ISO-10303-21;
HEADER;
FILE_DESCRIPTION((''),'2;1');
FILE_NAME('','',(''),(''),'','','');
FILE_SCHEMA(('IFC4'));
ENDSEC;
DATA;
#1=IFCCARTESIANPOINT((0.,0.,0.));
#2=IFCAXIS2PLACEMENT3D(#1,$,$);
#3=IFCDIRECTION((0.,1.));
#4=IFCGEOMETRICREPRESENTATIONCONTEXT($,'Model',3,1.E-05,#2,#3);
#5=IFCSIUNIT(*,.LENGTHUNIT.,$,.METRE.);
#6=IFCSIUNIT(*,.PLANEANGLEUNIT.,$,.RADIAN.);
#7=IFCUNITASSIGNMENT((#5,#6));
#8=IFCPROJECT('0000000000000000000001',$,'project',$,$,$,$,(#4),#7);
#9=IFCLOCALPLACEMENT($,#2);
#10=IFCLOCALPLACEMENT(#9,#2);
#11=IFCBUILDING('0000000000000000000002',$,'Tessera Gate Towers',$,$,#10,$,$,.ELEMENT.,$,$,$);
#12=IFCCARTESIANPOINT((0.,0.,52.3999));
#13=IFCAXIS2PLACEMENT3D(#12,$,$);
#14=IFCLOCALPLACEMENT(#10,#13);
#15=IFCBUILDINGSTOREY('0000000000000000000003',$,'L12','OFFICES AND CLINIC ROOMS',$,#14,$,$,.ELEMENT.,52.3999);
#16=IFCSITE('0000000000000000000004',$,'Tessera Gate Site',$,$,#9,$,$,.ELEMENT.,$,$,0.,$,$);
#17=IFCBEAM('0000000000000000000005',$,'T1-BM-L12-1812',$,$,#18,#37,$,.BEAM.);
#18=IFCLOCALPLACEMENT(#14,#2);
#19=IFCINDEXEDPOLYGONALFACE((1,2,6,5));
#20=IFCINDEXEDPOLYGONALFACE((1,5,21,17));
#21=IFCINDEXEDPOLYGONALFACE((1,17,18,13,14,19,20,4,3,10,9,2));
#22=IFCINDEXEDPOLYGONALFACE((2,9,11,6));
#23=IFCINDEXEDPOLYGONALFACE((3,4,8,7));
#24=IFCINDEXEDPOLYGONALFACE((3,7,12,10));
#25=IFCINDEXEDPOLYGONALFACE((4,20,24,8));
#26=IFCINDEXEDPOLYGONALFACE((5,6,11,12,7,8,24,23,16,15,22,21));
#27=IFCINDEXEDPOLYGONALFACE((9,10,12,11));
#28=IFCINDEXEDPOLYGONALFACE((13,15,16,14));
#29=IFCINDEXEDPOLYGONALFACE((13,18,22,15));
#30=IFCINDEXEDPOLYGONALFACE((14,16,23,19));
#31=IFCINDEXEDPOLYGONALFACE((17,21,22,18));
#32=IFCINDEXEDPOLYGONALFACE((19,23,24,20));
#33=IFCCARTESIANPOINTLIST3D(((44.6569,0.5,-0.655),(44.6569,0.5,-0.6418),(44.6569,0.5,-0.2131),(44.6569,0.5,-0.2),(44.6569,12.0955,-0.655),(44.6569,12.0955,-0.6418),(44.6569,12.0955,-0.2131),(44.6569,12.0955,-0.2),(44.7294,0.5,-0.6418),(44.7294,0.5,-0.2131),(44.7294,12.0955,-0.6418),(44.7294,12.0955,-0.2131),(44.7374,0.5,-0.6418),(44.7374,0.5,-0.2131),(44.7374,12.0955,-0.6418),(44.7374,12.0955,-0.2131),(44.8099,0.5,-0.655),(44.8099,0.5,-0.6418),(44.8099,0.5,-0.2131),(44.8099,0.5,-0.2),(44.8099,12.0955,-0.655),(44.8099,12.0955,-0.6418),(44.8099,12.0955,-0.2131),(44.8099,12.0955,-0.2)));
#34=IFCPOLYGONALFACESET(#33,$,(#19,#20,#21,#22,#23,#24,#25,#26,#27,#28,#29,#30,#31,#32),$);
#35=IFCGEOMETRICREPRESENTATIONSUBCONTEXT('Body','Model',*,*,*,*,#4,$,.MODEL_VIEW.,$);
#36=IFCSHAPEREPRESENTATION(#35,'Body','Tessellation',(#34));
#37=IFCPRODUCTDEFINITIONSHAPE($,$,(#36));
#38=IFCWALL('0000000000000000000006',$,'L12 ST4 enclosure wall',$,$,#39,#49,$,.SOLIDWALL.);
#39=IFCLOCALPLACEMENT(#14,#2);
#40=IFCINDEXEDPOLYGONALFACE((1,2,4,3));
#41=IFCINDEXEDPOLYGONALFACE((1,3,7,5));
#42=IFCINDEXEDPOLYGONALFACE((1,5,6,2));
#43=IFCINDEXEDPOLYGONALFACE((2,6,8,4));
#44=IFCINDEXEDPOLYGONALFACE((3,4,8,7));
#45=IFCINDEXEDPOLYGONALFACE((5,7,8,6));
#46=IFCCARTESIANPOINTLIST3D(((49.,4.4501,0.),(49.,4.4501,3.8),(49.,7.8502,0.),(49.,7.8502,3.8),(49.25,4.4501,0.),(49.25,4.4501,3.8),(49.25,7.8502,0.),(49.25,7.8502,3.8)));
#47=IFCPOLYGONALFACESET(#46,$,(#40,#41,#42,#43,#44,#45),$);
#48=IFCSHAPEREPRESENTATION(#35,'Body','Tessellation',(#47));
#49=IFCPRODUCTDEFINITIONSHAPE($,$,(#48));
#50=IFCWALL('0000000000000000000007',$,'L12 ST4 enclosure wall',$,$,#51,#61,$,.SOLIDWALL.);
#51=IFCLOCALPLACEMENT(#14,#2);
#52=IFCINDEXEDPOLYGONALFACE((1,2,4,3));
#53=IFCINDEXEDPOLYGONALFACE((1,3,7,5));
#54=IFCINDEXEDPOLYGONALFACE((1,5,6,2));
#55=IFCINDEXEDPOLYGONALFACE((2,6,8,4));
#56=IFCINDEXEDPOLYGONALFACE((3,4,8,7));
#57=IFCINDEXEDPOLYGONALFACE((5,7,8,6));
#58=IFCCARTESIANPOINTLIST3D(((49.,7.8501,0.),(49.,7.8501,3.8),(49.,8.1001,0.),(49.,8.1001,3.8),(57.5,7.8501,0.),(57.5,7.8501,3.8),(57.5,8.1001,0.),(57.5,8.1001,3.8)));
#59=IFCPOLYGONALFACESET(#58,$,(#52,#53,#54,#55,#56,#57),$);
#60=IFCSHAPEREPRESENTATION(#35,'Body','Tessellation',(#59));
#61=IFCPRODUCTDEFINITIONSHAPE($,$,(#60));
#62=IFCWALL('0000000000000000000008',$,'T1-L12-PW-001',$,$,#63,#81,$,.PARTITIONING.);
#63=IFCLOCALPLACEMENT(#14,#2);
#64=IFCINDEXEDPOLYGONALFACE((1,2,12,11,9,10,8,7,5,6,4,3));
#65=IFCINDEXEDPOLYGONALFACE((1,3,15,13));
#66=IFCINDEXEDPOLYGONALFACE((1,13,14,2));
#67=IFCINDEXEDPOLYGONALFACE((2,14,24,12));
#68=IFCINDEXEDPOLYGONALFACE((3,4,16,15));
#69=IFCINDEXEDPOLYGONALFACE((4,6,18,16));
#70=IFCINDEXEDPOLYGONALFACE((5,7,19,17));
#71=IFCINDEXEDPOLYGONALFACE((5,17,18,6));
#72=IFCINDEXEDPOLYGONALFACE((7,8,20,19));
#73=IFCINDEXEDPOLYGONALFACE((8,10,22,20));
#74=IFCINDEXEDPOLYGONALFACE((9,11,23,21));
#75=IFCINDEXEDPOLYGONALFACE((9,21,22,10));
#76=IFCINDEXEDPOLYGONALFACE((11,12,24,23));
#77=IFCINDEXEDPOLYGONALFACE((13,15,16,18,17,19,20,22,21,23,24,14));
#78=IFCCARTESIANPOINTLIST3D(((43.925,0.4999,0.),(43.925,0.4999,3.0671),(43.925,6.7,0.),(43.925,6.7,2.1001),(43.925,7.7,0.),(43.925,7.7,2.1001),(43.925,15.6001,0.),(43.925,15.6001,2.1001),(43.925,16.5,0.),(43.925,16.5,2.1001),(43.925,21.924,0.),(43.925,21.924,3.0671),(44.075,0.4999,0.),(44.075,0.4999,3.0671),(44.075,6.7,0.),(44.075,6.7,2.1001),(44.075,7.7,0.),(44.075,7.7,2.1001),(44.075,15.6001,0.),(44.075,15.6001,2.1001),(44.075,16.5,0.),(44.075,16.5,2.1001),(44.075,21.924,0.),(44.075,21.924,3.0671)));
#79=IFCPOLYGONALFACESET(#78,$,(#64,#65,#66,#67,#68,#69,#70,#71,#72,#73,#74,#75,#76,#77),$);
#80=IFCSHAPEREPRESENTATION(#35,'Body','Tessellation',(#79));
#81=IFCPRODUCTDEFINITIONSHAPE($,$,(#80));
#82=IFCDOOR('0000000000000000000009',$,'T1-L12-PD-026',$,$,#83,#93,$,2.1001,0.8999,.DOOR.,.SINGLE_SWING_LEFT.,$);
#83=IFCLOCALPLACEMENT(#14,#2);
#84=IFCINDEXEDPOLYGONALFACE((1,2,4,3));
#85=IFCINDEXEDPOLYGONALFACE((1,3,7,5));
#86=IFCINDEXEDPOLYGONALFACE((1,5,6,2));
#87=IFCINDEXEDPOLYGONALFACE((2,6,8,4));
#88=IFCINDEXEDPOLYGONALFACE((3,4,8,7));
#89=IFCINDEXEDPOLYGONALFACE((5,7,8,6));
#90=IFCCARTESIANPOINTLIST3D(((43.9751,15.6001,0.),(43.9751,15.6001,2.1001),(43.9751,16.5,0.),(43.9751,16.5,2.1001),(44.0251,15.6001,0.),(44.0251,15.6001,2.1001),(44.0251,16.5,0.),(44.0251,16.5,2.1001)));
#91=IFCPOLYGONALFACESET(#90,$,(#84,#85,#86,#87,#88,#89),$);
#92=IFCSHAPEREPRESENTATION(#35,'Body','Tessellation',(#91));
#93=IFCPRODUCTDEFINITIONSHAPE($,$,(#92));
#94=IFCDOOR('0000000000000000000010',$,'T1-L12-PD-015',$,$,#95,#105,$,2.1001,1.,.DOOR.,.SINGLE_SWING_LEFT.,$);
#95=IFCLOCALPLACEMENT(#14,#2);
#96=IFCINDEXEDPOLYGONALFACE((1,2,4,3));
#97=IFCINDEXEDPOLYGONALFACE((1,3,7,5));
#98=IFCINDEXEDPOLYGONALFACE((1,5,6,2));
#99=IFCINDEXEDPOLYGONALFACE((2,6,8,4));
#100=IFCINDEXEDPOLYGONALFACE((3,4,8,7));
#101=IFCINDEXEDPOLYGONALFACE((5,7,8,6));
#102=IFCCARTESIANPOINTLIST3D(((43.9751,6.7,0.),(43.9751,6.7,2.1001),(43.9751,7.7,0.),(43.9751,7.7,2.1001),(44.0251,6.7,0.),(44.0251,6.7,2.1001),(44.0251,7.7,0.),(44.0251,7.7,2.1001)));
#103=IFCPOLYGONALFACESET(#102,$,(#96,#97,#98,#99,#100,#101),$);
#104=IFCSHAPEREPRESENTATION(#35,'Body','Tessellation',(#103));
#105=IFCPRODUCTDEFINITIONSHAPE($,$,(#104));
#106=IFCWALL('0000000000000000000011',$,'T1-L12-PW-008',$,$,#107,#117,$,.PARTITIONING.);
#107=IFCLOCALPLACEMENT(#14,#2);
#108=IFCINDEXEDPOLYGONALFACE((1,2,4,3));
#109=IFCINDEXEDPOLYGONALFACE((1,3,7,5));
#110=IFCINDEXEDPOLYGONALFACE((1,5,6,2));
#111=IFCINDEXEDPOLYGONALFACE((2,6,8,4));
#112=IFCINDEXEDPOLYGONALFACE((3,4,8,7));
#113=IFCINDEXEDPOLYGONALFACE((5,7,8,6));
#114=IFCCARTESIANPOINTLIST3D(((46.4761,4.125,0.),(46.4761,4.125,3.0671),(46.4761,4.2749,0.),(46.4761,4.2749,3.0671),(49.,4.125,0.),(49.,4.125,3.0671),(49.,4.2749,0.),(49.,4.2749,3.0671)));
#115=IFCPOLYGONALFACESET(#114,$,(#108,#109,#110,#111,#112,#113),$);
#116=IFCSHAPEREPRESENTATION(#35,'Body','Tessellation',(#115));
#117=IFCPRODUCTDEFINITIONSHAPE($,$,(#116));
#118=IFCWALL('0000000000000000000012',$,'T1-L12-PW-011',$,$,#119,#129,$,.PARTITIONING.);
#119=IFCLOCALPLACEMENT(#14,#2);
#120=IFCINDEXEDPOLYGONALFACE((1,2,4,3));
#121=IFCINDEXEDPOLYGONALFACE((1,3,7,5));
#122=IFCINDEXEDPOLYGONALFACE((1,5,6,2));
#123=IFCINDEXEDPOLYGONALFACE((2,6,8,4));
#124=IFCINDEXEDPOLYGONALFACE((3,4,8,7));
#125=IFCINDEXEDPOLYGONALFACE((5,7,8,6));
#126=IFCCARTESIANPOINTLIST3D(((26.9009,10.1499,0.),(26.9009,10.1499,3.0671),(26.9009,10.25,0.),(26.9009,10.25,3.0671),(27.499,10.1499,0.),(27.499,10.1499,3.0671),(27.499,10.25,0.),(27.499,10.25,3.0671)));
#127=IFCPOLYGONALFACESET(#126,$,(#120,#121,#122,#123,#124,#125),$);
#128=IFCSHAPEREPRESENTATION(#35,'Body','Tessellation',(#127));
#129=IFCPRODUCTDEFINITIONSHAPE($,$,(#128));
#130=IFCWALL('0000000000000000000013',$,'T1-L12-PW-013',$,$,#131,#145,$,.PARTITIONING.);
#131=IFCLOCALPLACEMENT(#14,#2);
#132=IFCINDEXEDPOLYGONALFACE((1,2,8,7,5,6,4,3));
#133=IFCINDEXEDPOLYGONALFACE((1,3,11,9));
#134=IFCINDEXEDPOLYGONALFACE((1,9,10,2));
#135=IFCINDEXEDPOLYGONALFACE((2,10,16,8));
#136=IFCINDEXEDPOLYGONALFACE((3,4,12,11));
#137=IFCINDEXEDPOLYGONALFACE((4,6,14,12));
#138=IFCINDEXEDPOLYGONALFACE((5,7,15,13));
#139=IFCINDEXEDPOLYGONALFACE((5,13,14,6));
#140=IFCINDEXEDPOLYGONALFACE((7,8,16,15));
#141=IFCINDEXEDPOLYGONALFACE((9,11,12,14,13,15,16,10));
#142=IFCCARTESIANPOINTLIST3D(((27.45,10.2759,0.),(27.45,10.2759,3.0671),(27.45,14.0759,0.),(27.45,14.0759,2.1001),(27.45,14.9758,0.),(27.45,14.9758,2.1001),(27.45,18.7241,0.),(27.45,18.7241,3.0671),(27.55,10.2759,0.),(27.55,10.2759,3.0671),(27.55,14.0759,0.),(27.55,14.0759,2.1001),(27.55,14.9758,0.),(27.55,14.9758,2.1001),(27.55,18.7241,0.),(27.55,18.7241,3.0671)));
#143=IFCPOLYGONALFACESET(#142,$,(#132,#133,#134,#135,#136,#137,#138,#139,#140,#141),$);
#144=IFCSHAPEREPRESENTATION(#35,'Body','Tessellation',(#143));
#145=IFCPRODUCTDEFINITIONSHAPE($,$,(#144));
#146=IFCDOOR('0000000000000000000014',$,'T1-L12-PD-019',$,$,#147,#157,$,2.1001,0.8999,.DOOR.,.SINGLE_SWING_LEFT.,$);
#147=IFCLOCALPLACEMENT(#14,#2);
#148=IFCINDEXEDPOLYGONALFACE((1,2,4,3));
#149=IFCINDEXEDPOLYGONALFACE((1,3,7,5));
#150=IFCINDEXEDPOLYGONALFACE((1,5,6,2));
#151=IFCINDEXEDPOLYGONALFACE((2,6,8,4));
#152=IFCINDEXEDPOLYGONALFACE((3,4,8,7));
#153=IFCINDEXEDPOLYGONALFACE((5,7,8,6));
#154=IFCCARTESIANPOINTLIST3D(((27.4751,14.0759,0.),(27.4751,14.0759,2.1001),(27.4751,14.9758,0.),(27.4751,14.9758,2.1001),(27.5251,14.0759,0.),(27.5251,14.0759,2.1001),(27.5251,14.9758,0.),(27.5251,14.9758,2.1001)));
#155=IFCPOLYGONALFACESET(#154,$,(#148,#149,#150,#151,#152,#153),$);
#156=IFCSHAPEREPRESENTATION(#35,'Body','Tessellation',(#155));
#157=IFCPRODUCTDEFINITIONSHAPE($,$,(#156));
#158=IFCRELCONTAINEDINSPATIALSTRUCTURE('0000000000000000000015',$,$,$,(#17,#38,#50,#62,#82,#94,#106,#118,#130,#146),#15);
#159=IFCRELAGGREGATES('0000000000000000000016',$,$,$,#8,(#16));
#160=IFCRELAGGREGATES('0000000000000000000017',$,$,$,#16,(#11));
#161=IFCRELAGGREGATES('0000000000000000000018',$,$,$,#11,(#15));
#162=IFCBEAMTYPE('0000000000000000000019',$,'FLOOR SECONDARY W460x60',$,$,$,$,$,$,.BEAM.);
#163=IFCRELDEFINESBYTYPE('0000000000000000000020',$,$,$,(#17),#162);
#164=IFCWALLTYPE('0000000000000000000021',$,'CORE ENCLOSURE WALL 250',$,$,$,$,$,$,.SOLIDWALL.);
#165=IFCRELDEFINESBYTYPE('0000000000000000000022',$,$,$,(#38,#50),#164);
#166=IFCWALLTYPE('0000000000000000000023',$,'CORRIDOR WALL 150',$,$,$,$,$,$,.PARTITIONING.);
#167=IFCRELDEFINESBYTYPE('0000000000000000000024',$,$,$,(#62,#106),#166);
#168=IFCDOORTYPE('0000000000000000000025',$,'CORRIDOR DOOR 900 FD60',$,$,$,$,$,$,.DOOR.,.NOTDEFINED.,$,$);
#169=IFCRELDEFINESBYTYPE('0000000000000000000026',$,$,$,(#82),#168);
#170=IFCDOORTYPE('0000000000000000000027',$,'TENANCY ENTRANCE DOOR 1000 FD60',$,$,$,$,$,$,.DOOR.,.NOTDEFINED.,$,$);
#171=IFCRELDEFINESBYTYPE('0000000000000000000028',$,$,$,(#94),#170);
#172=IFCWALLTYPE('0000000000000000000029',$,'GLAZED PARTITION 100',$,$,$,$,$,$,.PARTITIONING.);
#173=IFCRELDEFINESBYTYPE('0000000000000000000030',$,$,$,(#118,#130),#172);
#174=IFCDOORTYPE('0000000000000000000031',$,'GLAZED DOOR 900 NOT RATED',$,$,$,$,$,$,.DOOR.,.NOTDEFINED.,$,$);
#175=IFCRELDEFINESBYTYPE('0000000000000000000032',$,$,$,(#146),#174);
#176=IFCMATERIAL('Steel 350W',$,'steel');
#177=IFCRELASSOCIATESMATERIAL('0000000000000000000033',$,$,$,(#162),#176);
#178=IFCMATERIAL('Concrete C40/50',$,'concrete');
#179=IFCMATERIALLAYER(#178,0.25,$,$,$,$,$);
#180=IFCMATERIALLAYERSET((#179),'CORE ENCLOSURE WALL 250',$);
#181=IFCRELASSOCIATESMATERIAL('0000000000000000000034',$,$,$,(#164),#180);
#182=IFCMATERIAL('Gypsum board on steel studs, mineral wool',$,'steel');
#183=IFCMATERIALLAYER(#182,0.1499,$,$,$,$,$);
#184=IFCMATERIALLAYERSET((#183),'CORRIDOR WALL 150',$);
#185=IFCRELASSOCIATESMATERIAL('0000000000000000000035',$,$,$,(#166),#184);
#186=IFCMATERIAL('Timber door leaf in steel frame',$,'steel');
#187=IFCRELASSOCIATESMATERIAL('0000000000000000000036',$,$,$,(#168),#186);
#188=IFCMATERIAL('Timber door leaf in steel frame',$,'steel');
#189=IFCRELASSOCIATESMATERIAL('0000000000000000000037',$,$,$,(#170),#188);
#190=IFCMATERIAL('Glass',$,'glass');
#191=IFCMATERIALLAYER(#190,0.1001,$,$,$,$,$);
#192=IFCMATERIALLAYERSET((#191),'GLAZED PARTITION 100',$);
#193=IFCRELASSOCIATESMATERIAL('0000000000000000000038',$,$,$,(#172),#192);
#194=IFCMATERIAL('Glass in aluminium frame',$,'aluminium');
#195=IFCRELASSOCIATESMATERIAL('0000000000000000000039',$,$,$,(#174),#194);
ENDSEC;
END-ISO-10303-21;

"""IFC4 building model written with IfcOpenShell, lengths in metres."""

from ifc_helpers import new_model, si_unit, direction, frame, frame_2d, origin, origin_2d, place, context, subcontext, project, spatial, rectangle, i_section, extrude, source, transform, mapped, material, layer, layer_set, material_profile, profile_set, type_object, element, fill, save


model = new_model("IFC4")

# Units and contexts
model_context = context("Model", 3, precision=1e-05, world=origin(), true_north=direction((0.0, 1.0)))
body_context = subcontext(model_context, "Body", "Model", "MODEL_VIEW")
ifc_project = project(units=[si_unit("LENGTHUNIT", "METRE"), si_unit("PLANEANGLEUNIT", "RADIAN")], contexts=[model_context])

# Site, building, storey
site_placement = place(None, origin())
site = spatial("IfcSite", under=ifc_project, at=site_placement, Name="Tessera Gate Site", CompositionType="ELEMENT", RefElevation=0.0)
building_placement = place(site_placement, origin())
building = spatial("IfcBuilding", under=site, at=building_placement, Name="Tessera Gate Towers", CompositionType="ELEMENT")
storey_placement = place(building_placement, frame((0.0, 0.0, 52.3999)))
storey = spatial("IfcBuildingStorey", under=building, at=storey_placement, Name="L12", Description="OFFICES AND CLINIC ROOMS", CompositionType="ELEMENT", Elevation=52.3999)

# Beam
ifc_material_1 = material(Name="Steel 350W", Category="steel")
ifc_material_profile_1 = material_profile(ifc_material_1, i_section(OverallWidth=0.1531, OverallDepth=0.4551, WebThickness=0.0081, FlangeThickness=0.0132, at=origin_2d()), Name="W460x60")
ifc_profile_set_1 = profile_set([ifc_material_profile_1], Name="Steel 350W")
beam_type_1 = type_object("IfcBeamType", Name="FLOOR SECONDARY W460x60", PredefinedType="BEAM", material=ifc_profile_set_1)
for number, where, z_axis, x_axis, name in (
    (1, (44.7334, 0.5, -0.4275), (0.0, 1.0, 0.0), (-1.0, 0.0, 0.0), "T1-BM-L12-1812"),
):
    element("IfcBeam", number, at=place(storey_placement, frame(where, z_axis=z_axis, x_axis=x_axis)), inside=storey, type_object=beam_type_1, Name=name, PredefinedType="BEAM", context=body_context, shape_type="SweptSolid", body=[
        extrude(i_section(OverallWidth=0.1531, OverallDepth=0.4551, WebThickness=0.0081, FlangeThickness=0.0132, at=origin_2d()), origin(), (0.0, 0.0, 1.0), 11.5955),
    ])

# Walls
ifc_material_2 = material(Name="Concrete C40/50", Category="concrete")
ifc_layer_1 = layer(ifc_material_2, 0.25)
ifc_layer_set_1 = layer_set([ifc_layer_1], Name="CORE ENCLOSURE WALL 250")
wall_type_1 = type_object("IfcWallType", Name="CORE ENCLOSURE WALL 250", PredefinedType="SOLIDWALL", material=ifc_layer_set_1)
wall_1_placement = place(storey_placement, frame((49.125, 4.45, 0.0), z_axis=(0.0, 0.0, 1.0), x_axis=(0.0, 1.0, 0.0)))
element("IfcWall", 2, at=wall_1_placement, inside=storey, type_object=wall_type_1, Name="L12 ST4 enclosure wall", PredefinedType="SOLIDWALL", context=body_context, shape_type="SweptSolid", body=[
    extrude(rectangle(XDim=3.4001, YDim=0.25, at=frame_2d((1.7002, 0.0))), origin(), (0.0, 0.0, 1.0), 3.8),
])
wall_2_placement = place(storey_placement, frame((49.0, 7.9751, 0.0), z_axis=(0.0, 0.0, 1.0), x_axis=(1.0, 0.0, 0.0)))
element("IfcWall", 3, at=wall_2_placement, inside=storey, type_object=wall_type_1, Name="L12 ST4 enclosure wall", PredefinedType="SOLIDWALL", context=body_context, shape_type="SweptSolid", body=[
    extrude(rectangle(XDim=8.5, YDim=0.25, at=frame_2d((4.25, 0.0))), origin(), (0.0, 0.0, 1.0), 3.8),
])

# Wall, openings, doors
ifc_material_3 = material(Name="Gypsum board on steel studs, mineral wool", Category="steel")
ifc_layer_2 = layer(ifc_material_3, 0.1499)
ifc_layer_set_2 = layer_set([ifc_layer_2], Name="CORRIDOR WALL 150")
wall_type_2 = type_object("IfcWallType", Name="CORRIDOR WALL 150", PredefinedType="PARTITIONING", material=ifc_layer_set_2)
wall_3_placement = place(storey_placement, frame((44.0, 0.5, 0.0), z_axis=(0.0, 0.0, 1.0), x_axis=(0.0, 1.0, 0.0)))
wall_3 = element("IfcWall", 4, at=wall_3_placement, inside=storey, type_object=wall_type_2, Name="T1-L12-PW-001", PredefinedType="PARTITIONING", context=body_context, shape_type="SweptSolid", body=[
    extrude(rectangle(XDim=21.4241, YDim=0.1499, at=frame_2d((10.7119, 0.0))), origin(), (0.0, 0.0, 1.0), 3.0671),
])
shared_shape_1 = source(origin(), body_context, "Body", "SweptSolid", [
    extrude(rectangle(XDim=1.0, YDim=2.1001, at=frame_2d((0.5, 1.05))), frame((0.0, 0.085, 0.0), z_axis=(0.0, -1.0, 0.0), x_axis=(1.0, 0.0, 0.0)), (0.0, 0.0, 1.0), 0.1699),
])
opening_1_placement = place(wall_3_placement, frame((6.2, 0.0, 0.0)))
opening_1 = element("IfcOpeningElement", 5, at=opening_1_placement, cuts=wall_3, PredefinedType="OPENING", context=body_context, shape_type="MappedRepresentation", body=[
    mapped(shared_shape_1, transform((0.0, 0.0, 0.0), scale=1.0)),
])
shared_shape_2 = source(origin(), body_context, "Body", "SweptSolid", [
    extrude(rectangle(XDim=0.8999, YDim=2.1001, at=frame_2d((0.45, 1.05))), frame((0.0, 0.085, 0.0), z_axis=(0.0, -1.0, 0.0), x_axis=(1.0, 0.0, 0.0)), (0.0, 0.0, 1.0), 0.1699),
])
opening_2_placement = place(wall_3_placement, frame((15.1001, 0.0, 0.0)))
opening_2 = element("IfcOpeningElement", 6, at=opening_2_placement, cuts=wall_3, PredefinedType="OPENING", context=body_context, shape_type="MappedRepresentation", body=[
    mapped(shared_shape_2, transform((0.0, 0.0, 0.0), scale=1.0)),
])
ifc_material_4 = material(Name="Timber door leaf in steel frame", Category="steel")
door_type_1 = type_object("IfcDoorType", Name="CORRIDOR DOOR 900 FD60", OperationType="NOTDEFINED", PredefinedType="DOOR", material=ifc_material_4)
shared_shape_3 = source(origin(), body_context, "Body", "SweptSolid", [
    extrude(rectangle(XDim=0.8999, YDim=2.1001, at=frame_2d((0.45, 1.05))), frame((0.0, 0.0249, 0.0), z_axis=(0.0, -1.0, 0.0), x_axis=(1.0, 0.0, 0.0)), (0.0, 0.0, 1.0), 0.05),
])
door_1_placement = place(opening_2_placement, origin())
door_1 = element("IfcDoor", 7, at=door_1_placement, inside=storey, type_object=door_type_1, Name="T1-L12-PD-026", OperationType="SINGLE_SWING_LEFT", OverallHeight=2.1001, OverallWidth=0.8999, PredefinedType="DOOR", context=body_context, shape_type="MappedRepresentation", body=[
    mapped(shared_shape_3, transform((0.0, 0.0, 0.0), scale=1.0)),
])
fill(opening_2, door_1)
ifc_material_5 = material(Name="Timber door leaf in steel frame", Category="steel")
door_type_2 = type_object("IfcDoorType", Name="TENANCY ENTRANCE DOOR 1000 FD60", OperationType="NOTDEFINED", PredefinedType="DOOR", material=ifc_material_5)
shared_shape_4 = source(origin(), body_context, "Body", "SweptSolid", [
    extrude(rectangle(XDim=1.0, YDim=2.1001, at=frame_2d((0.5, 1.05))), frame((0.0, 0.0249, 0.0), z_axis=(0.0, -1.0, 0.0), x_axis=(1.0, 0.0, 0.0)), (0.0, 0.0, 1.0), 0.05),
])
door_2_placement = place(opening_1_placement, origin())
door_2 = element("IfcDoor", 8, at=door_2_placement, inside=storey, type_object=door_type_2, Name="T1-L12-PD-015", OperationType="SINGLE_SWING_LEFT", OverallHeight=2.1001, OverallWidth=1.0, PredefinedType="DOOR", context=body_context, shape_type="MappedRepresentation", body=[
    mapped(shared_shape_4, transform((0.0, 0.0, 0.0), scale=1.0)),
])
fill(opening_1, door_2)

# Walls
wall_4_placement = place(storey_placement, frame((46.4761, 4.2, 0.0), z_axis=(0.0, 0.0, 1.0), x_axis=(1.0, 0.0, 0.0)))
element("IfcWall", 9, at=wall_4_placement, inside=storey, type_object=wall_type_2, Name="T1-L12-PW-008", PredefinedType="PARTITIONING", context=body_context, shape_type="SweptSolid", body=[
    extrude(rectangle(XDim=2.5239, YDim=0.1499, at=frame_2d((1.262, 0.0))), origin(), (0.0, 0.0, 1.0), 3.0671),
])
ifc_material_6 = material(Name="Glass", Category="glass")
ifc_layer_3 = layer(ifc_material_6, 0.1001)
ifc_layer_set_3 = layer_set([ifc_layer_3], Name="GLAZED PARTITION 100")
wall_type_3 = type_object("IfcWallType", Name="GLAZED PARTITION 100", PredefinedType="PARTITIONING", material=ifc_layer_set_3)
wall_5_placement = place(storey_placement, frame((26.9009, 10.2, 0.0), z_axis=(0.0, 0.0, 1.0), x_axis=(1.0, 0.0, 0.0)))
element("IfcWall", 10, at=wall_5_placement, inside=storey, type_object=wall_type_3, Name="T1-L12-PW-011", PredefinedType="PARTITIONING", context=body_context, shape_type="SweptSolid", body=[
    extrude(rectangle(XDim=0.5981, YDim=0.1001, at=frame_2d((0.2991, 0.0))), origin(), (0.0, 0.0, 1.0), 3.0671),
])

# Wall, opening, door
wall_6_placement = place(storey_placement, frame((27.5, 10.2759, 0.0), z_axis=(0.0, 0.0, 1.0), x_axis=(0.0, 1.0, 0.0)))
wall_6 = element("IfcWall", 11, at=wall_6_placement, inside=storey, type_object=wall_type_3, Name="T1-L12-PW-013", PredefinedType="PARTITIONING", context=body_context, shape_type="SweptSolid", body=[
    extrude(rectangle(XDim=8.4482, YDim=0.1001, at=frame_2d((4.2241, 0.0))), origin(), (0.0, 0.0, 1.0), 3.0671),
])
shared_shape_5 = source(origin(), body_context, "Body", "SweptSolid", [
    extrude(rectangle(XDim=0.8999, YDim=2.1001, at=frame_2d((0.45, 1.05))), frame((0.0, 0.0601, 0.0), z_axis=(0.0, -1.0, 0.0), x_axis=(1.0, 0.0, 0.0)), (0.0, 0.0, 1.0), 0.1201),
])
opening_3_placement = place(wall_6_placement, frame((3.8, 0.0, 0.0)))
opening_3 = element("IfcOpeningElement", 12, at=opening_3_placement, cuts=wall_6, PredefinedType="OPENING", context=body_context, shape_type="MappedRepresentation", body=[
    mapped(shared_shape_5, transform((0.0, 0.0, 0.0), scale=1.0)),
])
ifc_material_7 = material(Name="Glass in aluminium frame", Category="aluminium")
door_type_3 = type_object("IfcDoorType", Name="GLAZED DOOR 900 NOT RATED", OperationType="NOTDEFINED", PredefinedType="DOOR", material=ifc_material_7)
door_3_placement = place(opening_3_placement, origin())
door_3 = element("IfcDoor", 13, at=door_3_placement, inside=storey, type_object=door_type_3, Name="T1-L12-PD-019", OperationType="SINGLE_SWING_LEFT", OverallHeight=2.1001, OverallWidth=0.8999, PredefinedType="DOOR", context=body_context, shape_type="MappedRepresentation", body=[
    mapped(shared_shape_3, transform((0.0, 0.0, 0.0), scale=1.0)),
])
fill(opening_3, door_3)

save(model, "model.ifc")
